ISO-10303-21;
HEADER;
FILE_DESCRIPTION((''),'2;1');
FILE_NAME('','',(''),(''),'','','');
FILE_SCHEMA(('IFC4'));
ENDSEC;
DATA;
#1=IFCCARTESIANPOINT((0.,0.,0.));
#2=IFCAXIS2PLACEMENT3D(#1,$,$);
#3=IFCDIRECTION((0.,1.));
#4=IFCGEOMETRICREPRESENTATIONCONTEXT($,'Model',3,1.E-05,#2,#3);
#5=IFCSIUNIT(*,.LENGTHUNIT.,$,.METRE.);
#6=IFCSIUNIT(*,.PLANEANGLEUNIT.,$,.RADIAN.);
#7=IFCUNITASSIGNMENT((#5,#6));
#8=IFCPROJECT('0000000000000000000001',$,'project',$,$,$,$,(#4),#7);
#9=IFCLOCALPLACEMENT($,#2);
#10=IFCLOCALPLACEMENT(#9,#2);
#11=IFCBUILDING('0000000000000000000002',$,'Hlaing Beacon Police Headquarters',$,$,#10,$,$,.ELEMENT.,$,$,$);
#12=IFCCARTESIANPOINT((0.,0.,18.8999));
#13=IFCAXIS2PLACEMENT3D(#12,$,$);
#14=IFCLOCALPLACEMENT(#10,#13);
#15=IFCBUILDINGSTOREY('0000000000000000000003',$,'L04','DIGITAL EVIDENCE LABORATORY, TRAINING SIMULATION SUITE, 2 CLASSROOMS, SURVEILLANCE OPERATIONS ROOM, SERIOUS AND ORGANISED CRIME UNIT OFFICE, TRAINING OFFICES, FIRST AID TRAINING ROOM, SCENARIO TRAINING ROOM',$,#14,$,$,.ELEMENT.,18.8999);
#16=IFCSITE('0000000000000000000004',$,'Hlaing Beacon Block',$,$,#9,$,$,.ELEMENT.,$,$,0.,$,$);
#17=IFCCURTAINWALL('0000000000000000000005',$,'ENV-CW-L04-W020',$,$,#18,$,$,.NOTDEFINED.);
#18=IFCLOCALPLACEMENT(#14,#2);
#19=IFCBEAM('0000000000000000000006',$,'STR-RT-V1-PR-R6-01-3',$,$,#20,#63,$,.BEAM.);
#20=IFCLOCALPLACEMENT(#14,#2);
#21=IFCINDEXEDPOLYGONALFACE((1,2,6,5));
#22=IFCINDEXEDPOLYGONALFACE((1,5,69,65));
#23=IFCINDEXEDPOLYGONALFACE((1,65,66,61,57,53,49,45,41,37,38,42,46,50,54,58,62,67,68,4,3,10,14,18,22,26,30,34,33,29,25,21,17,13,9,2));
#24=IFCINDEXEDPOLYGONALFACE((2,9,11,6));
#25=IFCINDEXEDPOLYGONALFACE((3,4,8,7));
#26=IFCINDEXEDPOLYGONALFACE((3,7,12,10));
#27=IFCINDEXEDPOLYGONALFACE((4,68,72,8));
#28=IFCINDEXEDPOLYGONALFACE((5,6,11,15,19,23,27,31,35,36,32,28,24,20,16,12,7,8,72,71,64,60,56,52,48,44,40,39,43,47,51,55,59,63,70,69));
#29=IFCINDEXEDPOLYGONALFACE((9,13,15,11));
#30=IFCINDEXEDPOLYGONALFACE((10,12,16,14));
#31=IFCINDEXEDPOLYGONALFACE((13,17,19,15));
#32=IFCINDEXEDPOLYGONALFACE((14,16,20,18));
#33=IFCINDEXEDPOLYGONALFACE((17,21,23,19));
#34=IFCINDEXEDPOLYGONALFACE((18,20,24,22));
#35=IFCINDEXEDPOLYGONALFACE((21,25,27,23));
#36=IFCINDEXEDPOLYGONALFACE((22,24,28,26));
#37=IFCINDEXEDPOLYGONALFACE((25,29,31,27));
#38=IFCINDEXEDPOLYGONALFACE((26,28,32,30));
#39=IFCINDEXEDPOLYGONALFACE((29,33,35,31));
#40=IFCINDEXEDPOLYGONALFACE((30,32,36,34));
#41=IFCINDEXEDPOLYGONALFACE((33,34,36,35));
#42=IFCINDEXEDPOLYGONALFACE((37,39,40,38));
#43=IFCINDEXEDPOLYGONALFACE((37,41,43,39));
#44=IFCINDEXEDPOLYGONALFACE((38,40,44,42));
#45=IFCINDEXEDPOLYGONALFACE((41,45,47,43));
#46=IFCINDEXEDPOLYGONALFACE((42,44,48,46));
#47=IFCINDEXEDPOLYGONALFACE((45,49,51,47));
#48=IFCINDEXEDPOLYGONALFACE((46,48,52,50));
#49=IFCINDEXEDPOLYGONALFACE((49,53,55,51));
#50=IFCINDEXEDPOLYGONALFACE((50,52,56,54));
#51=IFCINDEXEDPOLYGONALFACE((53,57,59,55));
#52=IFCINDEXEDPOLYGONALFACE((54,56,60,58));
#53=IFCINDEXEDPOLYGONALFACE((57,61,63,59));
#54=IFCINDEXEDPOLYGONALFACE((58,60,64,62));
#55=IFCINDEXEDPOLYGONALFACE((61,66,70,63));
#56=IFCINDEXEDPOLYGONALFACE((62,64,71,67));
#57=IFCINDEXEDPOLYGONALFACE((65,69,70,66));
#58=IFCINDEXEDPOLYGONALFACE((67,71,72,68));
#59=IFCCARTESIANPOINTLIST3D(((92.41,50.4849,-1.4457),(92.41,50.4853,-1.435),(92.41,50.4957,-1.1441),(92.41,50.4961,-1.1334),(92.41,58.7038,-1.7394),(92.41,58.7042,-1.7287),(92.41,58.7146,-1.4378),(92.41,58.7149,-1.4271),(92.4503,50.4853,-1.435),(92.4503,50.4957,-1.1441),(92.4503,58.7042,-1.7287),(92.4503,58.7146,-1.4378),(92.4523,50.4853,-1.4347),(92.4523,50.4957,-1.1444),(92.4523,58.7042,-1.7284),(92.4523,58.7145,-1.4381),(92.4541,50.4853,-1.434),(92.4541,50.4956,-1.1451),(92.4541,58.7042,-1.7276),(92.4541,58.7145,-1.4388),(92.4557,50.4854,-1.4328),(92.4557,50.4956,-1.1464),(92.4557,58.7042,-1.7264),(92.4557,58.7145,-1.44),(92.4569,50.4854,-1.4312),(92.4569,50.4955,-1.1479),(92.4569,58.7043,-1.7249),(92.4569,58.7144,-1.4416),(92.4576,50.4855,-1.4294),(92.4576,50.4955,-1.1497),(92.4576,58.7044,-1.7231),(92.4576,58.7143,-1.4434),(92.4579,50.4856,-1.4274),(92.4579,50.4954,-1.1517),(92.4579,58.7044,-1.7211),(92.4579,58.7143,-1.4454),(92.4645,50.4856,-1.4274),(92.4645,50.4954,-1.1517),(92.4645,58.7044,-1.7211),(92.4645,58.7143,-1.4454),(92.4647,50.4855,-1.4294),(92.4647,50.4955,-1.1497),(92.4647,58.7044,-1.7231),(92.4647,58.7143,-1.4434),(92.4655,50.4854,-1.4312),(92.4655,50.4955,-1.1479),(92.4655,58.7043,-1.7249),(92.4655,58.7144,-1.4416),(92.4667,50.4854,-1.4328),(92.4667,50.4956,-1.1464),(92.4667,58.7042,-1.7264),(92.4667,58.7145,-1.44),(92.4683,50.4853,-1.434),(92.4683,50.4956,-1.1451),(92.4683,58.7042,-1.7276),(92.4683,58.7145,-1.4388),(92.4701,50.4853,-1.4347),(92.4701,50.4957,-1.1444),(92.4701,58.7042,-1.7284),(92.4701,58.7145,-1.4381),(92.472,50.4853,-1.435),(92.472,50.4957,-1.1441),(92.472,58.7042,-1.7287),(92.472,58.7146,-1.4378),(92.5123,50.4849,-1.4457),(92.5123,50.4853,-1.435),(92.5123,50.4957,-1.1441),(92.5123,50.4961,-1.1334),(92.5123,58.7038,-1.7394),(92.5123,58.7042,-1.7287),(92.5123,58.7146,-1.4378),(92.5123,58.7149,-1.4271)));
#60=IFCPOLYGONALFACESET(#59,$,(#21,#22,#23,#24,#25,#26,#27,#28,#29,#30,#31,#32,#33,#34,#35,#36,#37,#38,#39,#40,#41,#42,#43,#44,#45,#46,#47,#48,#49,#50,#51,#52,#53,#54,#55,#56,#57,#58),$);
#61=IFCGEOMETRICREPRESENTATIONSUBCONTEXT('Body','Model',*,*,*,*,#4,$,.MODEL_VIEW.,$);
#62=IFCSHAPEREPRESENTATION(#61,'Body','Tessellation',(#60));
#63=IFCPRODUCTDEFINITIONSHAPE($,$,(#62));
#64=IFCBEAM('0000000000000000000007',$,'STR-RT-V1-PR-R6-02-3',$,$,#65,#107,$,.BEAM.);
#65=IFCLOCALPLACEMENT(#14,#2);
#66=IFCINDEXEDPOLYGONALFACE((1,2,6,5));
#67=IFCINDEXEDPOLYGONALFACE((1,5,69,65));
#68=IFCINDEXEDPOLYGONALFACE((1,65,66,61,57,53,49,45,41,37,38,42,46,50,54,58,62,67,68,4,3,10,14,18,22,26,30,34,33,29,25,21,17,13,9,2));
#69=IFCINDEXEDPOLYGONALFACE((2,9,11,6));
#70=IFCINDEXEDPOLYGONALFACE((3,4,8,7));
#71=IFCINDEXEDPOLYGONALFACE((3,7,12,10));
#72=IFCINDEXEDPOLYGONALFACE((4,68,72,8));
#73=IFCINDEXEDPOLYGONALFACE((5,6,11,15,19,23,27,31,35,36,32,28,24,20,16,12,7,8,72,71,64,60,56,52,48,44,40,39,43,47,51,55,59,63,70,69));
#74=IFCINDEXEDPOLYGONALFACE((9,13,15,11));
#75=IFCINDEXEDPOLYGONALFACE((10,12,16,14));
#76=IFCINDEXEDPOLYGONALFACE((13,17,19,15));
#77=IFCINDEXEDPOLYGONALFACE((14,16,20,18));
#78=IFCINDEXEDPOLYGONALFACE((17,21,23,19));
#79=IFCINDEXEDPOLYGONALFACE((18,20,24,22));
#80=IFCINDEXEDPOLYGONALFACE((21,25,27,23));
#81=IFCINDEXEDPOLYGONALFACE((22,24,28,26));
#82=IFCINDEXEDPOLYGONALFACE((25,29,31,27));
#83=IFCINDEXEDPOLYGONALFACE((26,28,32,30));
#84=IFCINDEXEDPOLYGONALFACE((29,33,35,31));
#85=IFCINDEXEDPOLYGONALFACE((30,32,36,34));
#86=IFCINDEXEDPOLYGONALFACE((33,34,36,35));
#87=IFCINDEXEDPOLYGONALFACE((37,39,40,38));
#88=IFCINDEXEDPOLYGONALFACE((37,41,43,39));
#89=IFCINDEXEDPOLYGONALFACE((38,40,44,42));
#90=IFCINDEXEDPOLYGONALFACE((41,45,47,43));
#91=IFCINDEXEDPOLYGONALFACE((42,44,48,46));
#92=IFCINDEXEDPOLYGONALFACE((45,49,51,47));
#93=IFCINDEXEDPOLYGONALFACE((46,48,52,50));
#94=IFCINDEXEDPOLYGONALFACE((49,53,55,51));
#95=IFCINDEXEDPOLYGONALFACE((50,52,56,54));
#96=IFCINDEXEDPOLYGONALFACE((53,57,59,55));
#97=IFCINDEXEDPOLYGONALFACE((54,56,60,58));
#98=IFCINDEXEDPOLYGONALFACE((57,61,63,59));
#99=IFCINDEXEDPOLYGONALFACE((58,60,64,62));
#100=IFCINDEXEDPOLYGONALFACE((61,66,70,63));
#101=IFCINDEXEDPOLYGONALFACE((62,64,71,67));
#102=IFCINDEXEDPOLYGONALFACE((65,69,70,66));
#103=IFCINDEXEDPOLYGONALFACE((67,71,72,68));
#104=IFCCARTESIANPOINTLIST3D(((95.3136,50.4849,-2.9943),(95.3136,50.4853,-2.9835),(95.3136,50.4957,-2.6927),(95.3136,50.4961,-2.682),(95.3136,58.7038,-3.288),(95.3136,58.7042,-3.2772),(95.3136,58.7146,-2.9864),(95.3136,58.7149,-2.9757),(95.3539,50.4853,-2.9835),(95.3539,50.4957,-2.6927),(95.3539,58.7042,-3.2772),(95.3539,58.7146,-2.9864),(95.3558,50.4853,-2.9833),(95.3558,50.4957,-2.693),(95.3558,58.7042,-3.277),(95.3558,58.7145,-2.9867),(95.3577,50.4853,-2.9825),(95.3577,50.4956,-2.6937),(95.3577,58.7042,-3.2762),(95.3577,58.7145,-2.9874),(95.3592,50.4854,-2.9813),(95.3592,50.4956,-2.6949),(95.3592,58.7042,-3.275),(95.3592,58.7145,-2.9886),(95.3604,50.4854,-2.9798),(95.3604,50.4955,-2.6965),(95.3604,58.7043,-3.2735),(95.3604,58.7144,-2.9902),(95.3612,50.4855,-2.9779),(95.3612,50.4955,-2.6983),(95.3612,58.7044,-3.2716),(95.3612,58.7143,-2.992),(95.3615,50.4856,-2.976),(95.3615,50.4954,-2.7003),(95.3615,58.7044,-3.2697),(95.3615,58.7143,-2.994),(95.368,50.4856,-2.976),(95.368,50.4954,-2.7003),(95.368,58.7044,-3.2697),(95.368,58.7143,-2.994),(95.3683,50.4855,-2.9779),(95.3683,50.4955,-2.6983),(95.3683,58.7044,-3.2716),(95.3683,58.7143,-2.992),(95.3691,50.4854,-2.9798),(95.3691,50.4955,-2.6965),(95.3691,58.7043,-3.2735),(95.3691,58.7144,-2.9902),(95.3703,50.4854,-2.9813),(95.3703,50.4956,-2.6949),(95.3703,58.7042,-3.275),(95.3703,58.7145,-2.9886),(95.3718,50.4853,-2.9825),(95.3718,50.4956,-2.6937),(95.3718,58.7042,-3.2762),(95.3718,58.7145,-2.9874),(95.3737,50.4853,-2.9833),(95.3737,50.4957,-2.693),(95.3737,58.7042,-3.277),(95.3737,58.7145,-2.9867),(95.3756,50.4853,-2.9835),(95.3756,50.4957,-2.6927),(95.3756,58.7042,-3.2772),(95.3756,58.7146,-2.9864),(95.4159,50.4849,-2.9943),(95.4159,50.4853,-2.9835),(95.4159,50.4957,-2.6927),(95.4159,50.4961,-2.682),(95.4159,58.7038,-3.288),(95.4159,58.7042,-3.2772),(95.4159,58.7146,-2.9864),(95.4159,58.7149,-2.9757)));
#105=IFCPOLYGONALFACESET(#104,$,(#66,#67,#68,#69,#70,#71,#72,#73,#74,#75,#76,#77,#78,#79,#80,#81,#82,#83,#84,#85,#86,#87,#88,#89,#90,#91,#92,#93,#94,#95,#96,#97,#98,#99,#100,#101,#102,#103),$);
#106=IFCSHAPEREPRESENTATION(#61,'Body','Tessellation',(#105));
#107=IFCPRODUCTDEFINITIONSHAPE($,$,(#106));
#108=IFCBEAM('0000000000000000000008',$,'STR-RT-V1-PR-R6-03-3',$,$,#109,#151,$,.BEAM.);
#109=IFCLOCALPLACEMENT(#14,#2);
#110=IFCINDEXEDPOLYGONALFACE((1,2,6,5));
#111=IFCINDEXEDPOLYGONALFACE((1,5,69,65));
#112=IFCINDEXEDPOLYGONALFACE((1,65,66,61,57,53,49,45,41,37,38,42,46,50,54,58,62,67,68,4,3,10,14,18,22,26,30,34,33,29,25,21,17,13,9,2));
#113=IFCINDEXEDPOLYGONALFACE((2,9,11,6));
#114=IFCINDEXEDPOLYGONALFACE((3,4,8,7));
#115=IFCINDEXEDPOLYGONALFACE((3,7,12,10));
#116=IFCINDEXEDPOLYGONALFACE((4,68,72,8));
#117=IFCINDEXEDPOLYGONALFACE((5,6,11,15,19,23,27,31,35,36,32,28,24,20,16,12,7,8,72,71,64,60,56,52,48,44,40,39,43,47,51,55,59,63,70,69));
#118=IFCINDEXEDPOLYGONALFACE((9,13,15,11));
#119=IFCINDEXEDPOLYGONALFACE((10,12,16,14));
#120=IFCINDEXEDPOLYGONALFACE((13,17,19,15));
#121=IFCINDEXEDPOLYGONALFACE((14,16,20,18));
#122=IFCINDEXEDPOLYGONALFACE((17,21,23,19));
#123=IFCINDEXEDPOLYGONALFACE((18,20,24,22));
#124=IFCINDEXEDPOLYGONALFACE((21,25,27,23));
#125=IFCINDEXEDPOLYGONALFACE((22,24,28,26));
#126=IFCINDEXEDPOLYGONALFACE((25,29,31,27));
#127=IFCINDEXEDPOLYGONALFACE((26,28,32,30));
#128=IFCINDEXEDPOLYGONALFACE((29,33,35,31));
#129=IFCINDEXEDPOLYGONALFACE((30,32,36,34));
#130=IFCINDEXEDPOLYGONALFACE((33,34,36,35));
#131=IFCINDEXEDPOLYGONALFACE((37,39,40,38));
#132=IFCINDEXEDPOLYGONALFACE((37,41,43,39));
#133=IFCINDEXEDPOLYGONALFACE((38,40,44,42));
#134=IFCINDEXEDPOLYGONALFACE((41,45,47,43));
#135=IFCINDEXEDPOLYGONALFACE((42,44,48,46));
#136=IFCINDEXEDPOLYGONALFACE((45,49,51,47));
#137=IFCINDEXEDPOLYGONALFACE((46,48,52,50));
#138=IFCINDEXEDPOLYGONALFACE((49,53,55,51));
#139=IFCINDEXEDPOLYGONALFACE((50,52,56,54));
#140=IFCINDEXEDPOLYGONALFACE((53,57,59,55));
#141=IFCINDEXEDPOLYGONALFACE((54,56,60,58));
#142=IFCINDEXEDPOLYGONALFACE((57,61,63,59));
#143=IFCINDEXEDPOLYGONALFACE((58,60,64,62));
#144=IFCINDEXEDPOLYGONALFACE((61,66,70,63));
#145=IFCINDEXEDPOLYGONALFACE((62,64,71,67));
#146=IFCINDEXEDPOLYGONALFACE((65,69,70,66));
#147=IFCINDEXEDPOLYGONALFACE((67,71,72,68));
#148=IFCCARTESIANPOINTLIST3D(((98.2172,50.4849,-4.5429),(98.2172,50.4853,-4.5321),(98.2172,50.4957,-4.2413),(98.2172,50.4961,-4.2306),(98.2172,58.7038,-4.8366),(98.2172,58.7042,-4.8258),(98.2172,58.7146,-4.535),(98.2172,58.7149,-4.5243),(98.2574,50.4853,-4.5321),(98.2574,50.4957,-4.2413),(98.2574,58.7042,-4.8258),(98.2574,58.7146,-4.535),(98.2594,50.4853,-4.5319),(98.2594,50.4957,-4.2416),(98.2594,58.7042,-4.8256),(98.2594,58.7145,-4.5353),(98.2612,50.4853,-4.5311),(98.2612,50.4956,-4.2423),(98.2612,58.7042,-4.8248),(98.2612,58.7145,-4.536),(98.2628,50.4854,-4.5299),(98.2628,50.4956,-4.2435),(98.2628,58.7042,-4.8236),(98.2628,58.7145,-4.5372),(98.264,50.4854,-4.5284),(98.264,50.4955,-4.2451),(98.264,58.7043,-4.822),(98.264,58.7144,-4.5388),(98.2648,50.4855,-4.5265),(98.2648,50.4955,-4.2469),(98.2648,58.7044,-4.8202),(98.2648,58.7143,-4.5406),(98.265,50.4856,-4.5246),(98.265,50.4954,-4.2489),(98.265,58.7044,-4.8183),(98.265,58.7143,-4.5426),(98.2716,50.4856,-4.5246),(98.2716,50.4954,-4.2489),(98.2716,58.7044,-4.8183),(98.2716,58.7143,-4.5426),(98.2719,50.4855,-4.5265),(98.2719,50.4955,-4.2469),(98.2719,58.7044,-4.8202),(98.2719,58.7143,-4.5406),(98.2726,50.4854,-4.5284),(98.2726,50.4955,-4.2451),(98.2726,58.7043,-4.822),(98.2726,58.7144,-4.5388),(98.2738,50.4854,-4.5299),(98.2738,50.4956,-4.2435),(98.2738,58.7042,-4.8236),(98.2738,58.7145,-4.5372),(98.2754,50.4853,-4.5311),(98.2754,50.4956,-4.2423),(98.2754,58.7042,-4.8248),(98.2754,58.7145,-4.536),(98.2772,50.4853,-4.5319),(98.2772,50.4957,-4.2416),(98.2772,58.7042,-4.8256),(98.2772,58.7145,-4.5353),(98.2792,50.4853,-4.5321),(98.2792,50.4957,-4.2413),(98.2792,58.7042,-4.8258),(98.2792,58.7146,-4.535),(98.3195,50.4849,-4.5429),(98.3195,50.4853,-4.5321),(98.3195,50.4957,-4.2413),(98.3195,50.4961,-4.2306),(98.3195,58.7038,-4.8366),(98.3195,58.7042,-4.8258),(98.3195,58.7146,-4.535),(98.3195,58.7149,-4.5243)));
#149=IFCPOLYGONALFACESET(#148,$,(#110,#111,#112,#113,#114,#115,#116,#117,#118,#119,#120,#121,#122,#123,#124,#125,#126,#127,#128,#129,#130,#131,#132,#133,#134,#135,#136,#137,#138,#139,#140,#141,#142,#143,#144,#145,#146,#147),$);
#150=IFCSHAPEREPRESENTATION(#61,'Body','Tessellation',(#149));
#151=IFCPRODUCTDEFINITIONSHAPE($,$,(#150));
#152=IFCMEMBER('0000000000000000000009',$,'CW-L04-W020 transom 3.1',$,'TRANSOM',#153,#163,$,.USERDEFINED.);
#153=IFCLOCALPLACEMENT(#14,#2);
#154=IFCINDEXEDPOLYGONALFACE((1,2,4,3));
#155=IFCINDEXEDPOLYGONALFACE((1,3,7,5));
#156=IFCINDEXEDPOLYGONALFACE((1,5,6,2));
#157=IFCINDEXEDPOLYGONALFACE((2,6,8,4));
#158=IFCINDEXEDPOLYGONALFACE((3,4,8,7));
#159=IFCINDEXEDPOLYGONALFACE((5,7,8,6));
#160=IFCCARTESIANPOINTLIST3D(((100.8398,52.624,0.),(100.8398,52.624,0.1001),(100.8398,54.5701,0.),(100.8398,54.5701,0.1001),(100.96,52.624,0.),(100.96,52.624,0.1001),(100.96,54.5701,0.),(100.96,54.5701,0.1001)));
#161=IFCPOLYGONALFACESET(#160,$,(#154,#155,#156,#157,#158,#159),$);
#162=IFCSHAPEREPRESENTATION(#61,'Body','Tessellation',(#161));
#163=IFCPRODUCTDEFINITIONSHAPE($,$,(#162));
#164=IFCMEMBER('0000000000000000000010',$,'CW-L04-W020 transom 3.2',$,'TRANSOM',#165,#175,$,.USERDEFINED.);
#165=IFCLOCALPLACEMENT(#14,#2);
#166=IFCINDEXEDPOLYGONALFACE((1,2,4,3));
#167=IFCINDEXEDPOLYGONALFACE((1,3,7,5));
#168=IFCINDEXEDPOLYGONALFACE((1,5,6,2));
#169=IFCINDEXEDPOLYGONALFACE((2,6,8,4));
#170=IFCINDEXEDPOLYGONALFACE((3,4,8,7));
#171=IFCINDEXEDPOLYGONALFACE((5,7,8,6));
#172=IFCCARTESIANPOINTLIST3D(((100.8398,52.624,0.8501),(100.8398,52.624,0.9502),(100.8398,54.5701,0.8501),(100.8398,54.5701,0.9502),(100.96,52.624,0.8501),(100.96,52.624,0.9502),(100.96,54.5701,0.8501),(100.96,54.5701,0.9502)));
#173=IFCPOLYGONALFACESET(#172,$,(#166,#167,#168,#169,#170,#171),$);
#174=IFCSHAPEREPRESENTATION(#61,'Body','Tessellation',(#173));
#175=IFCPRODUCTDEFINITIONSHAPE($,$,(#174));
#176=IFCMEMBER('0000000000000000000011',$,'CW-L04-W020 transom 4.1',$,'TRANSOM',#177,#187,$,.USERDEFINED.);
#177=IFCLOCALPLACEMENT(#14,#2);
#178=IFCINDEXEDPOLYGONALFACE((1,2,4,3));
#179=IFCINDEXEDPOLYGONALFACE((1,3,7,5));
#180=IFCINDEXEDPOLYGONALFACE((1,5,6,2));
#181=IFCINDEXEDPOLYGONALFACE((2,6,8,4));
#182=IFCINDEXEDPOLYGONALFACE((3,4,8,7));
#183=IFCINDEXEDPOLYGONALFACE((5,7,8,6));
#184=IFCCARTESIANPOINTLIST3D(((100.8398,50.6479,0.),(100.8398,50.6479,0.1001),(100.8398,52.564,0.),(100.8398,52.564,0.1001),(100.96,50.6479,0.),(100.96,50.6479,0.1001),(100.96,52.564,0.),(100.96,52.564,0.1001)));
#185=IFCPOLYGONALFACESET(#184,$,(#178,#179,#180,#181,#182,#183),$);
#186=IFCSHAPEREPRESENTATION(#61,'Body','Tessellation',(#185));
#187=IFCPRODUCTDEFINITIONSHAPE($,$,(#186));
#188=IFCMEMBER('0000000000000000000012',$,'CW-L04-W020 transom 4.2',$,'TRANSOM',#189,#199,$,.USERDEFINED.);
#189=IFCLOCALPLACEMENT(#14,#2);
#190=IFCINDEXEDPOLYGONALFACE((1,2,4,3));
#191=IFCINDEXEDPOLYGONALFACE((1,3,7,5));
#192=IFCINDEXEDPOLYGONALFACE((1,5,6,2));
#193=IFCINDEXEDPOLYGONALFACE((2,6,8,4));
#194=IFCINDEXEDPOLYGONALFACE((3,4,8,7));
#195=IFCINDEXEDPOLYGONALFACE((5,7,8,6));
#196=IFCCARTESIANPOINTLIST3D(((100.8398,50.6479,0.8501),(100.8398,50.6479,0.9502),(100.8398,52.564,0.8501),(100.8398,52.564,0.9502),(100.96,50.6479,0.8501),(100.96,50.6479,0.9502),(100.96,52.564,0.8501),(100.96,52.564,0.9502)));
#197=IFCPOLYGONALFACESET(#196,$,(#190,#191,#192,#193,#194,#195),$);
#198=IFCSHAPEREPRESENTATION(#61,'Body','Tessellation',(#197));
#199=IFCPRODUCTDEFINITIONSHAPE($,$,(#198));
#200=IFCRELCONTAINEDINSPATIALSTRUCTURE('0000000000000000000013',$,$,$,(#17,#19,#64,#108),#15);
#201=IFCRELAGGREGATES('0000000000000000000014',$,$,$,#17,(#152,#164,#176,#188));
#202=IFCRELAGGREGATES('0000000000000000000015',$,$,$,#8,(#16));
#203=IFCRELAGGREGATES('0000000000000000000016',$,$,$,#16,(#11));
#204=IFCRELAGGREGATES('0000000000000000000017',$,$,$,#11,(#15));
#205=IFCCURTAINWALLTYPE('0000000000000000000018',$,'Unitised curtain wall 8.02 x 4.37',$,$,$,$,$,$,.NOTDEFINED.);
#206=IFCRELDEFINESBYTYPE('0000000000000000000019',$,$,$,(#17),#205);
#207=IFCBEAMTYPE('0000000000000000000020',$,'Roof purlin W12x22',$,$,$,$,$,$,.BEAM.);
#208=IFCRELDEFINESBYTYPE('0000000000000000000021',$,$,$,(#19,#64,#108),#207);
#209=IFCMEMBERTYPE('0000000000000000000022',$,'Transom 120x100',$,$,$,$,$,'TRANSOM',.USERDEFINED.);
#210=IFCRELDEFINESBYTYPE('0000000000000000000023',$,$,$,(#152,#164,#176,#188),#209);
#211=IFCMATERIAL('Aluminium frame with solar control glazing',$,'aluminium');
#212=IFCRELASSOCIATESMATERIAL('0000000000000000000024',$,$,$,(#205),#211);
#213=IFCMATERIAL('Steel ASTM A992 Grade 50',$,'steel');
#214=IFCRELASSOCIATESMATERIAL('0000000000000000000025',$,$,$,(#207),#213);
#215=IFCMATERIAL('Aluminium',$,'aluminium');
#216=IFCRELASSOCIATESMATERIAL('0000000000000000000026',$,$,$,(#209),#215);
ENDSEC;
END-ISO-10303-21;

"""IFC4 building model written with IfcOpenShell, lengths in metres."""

from ifc_helpers import new_model, si_unit, direction, frame, origin, origin_2d, place, context, subcontext, project, spatial, rectangle, i_section, extrude, material, material_profile, profile_set, type_object, element, aggregate, save


model = new_model("IFC4")

# Units and contexts
model_context = context("Model", 3, precision=1e-05, world=origin(), true_north=direction((0.0, 1.0)))
body_context = subcontext(model_context, "Body", "Model", "MODEL_VIEW")
ifc_project = project(units=[si_unit("LENGTHUNIT", "METRE"), si_unit("PLANEANGLEUNIT", "RADIAN")], contexts=[model_context])

# Site, building, storey
site_placement = place(None, origin())
site = spatial("IfcSite", under=ifc_project, at=site_placement, Name="Hlaing Beacon Block", CompositionType="ELEMENT", RefElevation=0.0)
building_placement = place(site_placement, origin())
building = spatial("IfcBuilding", under=site, at=building_placement, Name="Hlaing Beacon Police Headquarters", CompositionType="ELEMENT")
storey_placement = place(building_placement, frame((0.0, 0.0, 18.8999)))
storey = spatial("IfcBuildingStorey", under=building, at=storey_placement, Name="L04", Description="DIGITAL EVIDENCE LABORATORY, TRAINING SIMULATION SUITE, 2 CLASSROOMS, SURVEILLANCE OPERATIONS ROOM, SERIOUS AND ORGANISED CRIME UNIT OFFICE, TRAINING OFFICES, FIRST AID TRAINING ROOM, SCENARIO TRAINING ROOM", CompositionType="ELEMENT", Elevation=18.8999)

# Curtain wall
ifc_material_1 = material(Name="Aluminium frame with solar control glazing", Category="aluminium")
curtain_wall_type = type_object("IfcCurtainWallType", Name="Unitised curtain wall 8.02 x 4.37", PredefinedType="NOTDEFINED", material=ifc_material_1)
curtain_wall_placement = place(storey_placement, origin())
curtain_wall = element("IfcCurtainWall", 1, at=curtain_wall_placement, inside=storey, type_object=curtain_wall_type, Name="ENV-CW-L04-W020", PredefinedType="NOTDEFINED")

# Beams
ifc_material_2 = material(Name="Steel ASTM A992 Grade 50", Category="steel")
ifc_material_profile_1 = material_profile(ifc_material_2, i_section(OverallWidth=0.1023, OverallDepth=0.3125, WebThickness=0.0066, FlangeThickness=0.0107, FilletRadius=0.0076, at=origin_2d()), Name="W12x22")
ifc_profile_set_1 = profile_set([ifc_material_profile_1], Name="Steel ASTM A992 Grade 50")
beam_type_1 = type_object("IfcBeamType", Name="Roof purlin W12x22", PredefinedType="BEAM", material=ifc_profile_set_1)
for number, where, z_axis, x_axis, name in (
    (2, (92.4612, 50.4905, -1.2896), (0.0, 0.999362, -0.035712), (-1.0, 0.0, 0.0), "STR-RT-V1-PR-R6-01-3"),
    (3, (95.3647, 50.4905, -2.8381), (0.0, 0.999362, -0.035712), (-1.0, 0.0, 0.0), "STR-RT-V1-PR-R6-02-3"),
    (4, (98.2683, 50.4905, -4.3867), (0.0, 0.999362, -0.035712), (-1.0, 0.0, 0.0), "STR-RT-V1-PR-R6-03-3"),
):
    element("IfcBeam", number, at=place(storey_placement, frame(where, z_axis=z_axis, x_axis=x_axis)), inside=storey, type_object=beam_type_1, Name=name, PredefinedType="BEAM", context=body_context, shape_type="SweptSolid", body=[
        extrude(i_section(OverallWidth=0.1023, OverallDepth=0.3125, WebThickness=0.0066, FlangeThickness=0.0107, FilletRadius=0.0076, at=origin_2d()), origin(), (0.0, 0.0, 1.0), 8.2241),
    ])

# Members
ifc_material_3 = material(Name="Aluminium", Category="aluminium")
ifc_material_profile_2 = material_profile(ifc_material_3, rectangle(XDim=0.1201, YDim=0.1001, at=origin_2d()), Name="Transom 120x100")
ifc_profile_set_2 = profile_set([ifc_material_profile_2], Name="Aluminium")
member_type_1 = type_object("IfcMemberType", Name="Transom 120x100", ElementType="TRANSOM", PredefinedType="USERDEFINED", material=ifc_profile_set_2)
member_1_placement = place(storey_placement, frame((100.8999, 54.5701, 0.05), z_axis=(0.0, -1.0, 0.0), x_axis=(1.0, 0.0, 0.0)))
member_1 = element("IfcMember", 5, at=member_1_placement, type_object=member_type_1, Name="CW-L04-W020 transom 3.1", ObjectType="TRANSOM", PredefinedType="USERDEFINED", context=body_context, shape_type="SweptSolid", body=[
    extrude(rectangle(XDim=0.1201, YDim=0.1001, at=origin_2d()), origin(), (0.0, 0.0, 1.0), 1.946),
])
member_2_placement = place(storey_placement, frame((100.8999, 54.5701, 0.9001), z_axis=(0.0, -1.0, 0.0), x_axis=(1.0, 0.0, 0.0)))
member_2 = element("IfcMember", 6, at=member_2_placement, type_object=member_type_1, Name="CW-L04-W020 transom 3.2", ObjectType="TRANSOM", PredefinedType="USERDEFINED", context=body_context, shape_type="SweptSolid", body=[
    extrude(rectangle(XDim=0.1201, YDim=0.1001, at=origin_2d()), origin(), (0.0, 0.0, 1.0), 1.946),
])
member_3_placement = place(storey_placement, frame((100.8999, 52.564, 0.05), z_axis=(0.0, -1.0, 0.0), x_axis=(1.0, 0.0, 0.0)))
member_3 = element("IfcMember", 7, at=member_3_placement, type_object=member_type_1, Name="CW-L04-W020 transom 4.1", ObjectType="TRANSOM", PredefinedType="USERDEFINED", context=body_context, shape_type="SweptSolid", body=[
    extrude(rectangle(XDim=0.1201, YDim=0.1001, at=origin_2d()), origin(), (0.0, 0.0, 1.0), 1.916),
])
member_4_placement = place(storey_placement, frame((100.8999, 52.564, 0.9001), z_axis=(0.0, -1.0, 0.0), x_axis=(1.0, 0.0, 0.0)))
member_4 = element("IfcMember", 8, at=member_4_placement, type_object=member_type_1, Name="CW-L04-W020 transom 4.2", ObjectType="TRANSOM", PredefinedType="USERDEFINED", context=body_context, shape_type="SweptSolid", body=[
    extrude(rectangle(XDim=0.1201, YDim=0.1001, at=origin_2d()), origin(), (0.0, 0.0, 1.0), 1.916),
])

aggregate(curtain_wall, [member_1, member_2, member_3, member_4])

save(model, "model.ifc")
